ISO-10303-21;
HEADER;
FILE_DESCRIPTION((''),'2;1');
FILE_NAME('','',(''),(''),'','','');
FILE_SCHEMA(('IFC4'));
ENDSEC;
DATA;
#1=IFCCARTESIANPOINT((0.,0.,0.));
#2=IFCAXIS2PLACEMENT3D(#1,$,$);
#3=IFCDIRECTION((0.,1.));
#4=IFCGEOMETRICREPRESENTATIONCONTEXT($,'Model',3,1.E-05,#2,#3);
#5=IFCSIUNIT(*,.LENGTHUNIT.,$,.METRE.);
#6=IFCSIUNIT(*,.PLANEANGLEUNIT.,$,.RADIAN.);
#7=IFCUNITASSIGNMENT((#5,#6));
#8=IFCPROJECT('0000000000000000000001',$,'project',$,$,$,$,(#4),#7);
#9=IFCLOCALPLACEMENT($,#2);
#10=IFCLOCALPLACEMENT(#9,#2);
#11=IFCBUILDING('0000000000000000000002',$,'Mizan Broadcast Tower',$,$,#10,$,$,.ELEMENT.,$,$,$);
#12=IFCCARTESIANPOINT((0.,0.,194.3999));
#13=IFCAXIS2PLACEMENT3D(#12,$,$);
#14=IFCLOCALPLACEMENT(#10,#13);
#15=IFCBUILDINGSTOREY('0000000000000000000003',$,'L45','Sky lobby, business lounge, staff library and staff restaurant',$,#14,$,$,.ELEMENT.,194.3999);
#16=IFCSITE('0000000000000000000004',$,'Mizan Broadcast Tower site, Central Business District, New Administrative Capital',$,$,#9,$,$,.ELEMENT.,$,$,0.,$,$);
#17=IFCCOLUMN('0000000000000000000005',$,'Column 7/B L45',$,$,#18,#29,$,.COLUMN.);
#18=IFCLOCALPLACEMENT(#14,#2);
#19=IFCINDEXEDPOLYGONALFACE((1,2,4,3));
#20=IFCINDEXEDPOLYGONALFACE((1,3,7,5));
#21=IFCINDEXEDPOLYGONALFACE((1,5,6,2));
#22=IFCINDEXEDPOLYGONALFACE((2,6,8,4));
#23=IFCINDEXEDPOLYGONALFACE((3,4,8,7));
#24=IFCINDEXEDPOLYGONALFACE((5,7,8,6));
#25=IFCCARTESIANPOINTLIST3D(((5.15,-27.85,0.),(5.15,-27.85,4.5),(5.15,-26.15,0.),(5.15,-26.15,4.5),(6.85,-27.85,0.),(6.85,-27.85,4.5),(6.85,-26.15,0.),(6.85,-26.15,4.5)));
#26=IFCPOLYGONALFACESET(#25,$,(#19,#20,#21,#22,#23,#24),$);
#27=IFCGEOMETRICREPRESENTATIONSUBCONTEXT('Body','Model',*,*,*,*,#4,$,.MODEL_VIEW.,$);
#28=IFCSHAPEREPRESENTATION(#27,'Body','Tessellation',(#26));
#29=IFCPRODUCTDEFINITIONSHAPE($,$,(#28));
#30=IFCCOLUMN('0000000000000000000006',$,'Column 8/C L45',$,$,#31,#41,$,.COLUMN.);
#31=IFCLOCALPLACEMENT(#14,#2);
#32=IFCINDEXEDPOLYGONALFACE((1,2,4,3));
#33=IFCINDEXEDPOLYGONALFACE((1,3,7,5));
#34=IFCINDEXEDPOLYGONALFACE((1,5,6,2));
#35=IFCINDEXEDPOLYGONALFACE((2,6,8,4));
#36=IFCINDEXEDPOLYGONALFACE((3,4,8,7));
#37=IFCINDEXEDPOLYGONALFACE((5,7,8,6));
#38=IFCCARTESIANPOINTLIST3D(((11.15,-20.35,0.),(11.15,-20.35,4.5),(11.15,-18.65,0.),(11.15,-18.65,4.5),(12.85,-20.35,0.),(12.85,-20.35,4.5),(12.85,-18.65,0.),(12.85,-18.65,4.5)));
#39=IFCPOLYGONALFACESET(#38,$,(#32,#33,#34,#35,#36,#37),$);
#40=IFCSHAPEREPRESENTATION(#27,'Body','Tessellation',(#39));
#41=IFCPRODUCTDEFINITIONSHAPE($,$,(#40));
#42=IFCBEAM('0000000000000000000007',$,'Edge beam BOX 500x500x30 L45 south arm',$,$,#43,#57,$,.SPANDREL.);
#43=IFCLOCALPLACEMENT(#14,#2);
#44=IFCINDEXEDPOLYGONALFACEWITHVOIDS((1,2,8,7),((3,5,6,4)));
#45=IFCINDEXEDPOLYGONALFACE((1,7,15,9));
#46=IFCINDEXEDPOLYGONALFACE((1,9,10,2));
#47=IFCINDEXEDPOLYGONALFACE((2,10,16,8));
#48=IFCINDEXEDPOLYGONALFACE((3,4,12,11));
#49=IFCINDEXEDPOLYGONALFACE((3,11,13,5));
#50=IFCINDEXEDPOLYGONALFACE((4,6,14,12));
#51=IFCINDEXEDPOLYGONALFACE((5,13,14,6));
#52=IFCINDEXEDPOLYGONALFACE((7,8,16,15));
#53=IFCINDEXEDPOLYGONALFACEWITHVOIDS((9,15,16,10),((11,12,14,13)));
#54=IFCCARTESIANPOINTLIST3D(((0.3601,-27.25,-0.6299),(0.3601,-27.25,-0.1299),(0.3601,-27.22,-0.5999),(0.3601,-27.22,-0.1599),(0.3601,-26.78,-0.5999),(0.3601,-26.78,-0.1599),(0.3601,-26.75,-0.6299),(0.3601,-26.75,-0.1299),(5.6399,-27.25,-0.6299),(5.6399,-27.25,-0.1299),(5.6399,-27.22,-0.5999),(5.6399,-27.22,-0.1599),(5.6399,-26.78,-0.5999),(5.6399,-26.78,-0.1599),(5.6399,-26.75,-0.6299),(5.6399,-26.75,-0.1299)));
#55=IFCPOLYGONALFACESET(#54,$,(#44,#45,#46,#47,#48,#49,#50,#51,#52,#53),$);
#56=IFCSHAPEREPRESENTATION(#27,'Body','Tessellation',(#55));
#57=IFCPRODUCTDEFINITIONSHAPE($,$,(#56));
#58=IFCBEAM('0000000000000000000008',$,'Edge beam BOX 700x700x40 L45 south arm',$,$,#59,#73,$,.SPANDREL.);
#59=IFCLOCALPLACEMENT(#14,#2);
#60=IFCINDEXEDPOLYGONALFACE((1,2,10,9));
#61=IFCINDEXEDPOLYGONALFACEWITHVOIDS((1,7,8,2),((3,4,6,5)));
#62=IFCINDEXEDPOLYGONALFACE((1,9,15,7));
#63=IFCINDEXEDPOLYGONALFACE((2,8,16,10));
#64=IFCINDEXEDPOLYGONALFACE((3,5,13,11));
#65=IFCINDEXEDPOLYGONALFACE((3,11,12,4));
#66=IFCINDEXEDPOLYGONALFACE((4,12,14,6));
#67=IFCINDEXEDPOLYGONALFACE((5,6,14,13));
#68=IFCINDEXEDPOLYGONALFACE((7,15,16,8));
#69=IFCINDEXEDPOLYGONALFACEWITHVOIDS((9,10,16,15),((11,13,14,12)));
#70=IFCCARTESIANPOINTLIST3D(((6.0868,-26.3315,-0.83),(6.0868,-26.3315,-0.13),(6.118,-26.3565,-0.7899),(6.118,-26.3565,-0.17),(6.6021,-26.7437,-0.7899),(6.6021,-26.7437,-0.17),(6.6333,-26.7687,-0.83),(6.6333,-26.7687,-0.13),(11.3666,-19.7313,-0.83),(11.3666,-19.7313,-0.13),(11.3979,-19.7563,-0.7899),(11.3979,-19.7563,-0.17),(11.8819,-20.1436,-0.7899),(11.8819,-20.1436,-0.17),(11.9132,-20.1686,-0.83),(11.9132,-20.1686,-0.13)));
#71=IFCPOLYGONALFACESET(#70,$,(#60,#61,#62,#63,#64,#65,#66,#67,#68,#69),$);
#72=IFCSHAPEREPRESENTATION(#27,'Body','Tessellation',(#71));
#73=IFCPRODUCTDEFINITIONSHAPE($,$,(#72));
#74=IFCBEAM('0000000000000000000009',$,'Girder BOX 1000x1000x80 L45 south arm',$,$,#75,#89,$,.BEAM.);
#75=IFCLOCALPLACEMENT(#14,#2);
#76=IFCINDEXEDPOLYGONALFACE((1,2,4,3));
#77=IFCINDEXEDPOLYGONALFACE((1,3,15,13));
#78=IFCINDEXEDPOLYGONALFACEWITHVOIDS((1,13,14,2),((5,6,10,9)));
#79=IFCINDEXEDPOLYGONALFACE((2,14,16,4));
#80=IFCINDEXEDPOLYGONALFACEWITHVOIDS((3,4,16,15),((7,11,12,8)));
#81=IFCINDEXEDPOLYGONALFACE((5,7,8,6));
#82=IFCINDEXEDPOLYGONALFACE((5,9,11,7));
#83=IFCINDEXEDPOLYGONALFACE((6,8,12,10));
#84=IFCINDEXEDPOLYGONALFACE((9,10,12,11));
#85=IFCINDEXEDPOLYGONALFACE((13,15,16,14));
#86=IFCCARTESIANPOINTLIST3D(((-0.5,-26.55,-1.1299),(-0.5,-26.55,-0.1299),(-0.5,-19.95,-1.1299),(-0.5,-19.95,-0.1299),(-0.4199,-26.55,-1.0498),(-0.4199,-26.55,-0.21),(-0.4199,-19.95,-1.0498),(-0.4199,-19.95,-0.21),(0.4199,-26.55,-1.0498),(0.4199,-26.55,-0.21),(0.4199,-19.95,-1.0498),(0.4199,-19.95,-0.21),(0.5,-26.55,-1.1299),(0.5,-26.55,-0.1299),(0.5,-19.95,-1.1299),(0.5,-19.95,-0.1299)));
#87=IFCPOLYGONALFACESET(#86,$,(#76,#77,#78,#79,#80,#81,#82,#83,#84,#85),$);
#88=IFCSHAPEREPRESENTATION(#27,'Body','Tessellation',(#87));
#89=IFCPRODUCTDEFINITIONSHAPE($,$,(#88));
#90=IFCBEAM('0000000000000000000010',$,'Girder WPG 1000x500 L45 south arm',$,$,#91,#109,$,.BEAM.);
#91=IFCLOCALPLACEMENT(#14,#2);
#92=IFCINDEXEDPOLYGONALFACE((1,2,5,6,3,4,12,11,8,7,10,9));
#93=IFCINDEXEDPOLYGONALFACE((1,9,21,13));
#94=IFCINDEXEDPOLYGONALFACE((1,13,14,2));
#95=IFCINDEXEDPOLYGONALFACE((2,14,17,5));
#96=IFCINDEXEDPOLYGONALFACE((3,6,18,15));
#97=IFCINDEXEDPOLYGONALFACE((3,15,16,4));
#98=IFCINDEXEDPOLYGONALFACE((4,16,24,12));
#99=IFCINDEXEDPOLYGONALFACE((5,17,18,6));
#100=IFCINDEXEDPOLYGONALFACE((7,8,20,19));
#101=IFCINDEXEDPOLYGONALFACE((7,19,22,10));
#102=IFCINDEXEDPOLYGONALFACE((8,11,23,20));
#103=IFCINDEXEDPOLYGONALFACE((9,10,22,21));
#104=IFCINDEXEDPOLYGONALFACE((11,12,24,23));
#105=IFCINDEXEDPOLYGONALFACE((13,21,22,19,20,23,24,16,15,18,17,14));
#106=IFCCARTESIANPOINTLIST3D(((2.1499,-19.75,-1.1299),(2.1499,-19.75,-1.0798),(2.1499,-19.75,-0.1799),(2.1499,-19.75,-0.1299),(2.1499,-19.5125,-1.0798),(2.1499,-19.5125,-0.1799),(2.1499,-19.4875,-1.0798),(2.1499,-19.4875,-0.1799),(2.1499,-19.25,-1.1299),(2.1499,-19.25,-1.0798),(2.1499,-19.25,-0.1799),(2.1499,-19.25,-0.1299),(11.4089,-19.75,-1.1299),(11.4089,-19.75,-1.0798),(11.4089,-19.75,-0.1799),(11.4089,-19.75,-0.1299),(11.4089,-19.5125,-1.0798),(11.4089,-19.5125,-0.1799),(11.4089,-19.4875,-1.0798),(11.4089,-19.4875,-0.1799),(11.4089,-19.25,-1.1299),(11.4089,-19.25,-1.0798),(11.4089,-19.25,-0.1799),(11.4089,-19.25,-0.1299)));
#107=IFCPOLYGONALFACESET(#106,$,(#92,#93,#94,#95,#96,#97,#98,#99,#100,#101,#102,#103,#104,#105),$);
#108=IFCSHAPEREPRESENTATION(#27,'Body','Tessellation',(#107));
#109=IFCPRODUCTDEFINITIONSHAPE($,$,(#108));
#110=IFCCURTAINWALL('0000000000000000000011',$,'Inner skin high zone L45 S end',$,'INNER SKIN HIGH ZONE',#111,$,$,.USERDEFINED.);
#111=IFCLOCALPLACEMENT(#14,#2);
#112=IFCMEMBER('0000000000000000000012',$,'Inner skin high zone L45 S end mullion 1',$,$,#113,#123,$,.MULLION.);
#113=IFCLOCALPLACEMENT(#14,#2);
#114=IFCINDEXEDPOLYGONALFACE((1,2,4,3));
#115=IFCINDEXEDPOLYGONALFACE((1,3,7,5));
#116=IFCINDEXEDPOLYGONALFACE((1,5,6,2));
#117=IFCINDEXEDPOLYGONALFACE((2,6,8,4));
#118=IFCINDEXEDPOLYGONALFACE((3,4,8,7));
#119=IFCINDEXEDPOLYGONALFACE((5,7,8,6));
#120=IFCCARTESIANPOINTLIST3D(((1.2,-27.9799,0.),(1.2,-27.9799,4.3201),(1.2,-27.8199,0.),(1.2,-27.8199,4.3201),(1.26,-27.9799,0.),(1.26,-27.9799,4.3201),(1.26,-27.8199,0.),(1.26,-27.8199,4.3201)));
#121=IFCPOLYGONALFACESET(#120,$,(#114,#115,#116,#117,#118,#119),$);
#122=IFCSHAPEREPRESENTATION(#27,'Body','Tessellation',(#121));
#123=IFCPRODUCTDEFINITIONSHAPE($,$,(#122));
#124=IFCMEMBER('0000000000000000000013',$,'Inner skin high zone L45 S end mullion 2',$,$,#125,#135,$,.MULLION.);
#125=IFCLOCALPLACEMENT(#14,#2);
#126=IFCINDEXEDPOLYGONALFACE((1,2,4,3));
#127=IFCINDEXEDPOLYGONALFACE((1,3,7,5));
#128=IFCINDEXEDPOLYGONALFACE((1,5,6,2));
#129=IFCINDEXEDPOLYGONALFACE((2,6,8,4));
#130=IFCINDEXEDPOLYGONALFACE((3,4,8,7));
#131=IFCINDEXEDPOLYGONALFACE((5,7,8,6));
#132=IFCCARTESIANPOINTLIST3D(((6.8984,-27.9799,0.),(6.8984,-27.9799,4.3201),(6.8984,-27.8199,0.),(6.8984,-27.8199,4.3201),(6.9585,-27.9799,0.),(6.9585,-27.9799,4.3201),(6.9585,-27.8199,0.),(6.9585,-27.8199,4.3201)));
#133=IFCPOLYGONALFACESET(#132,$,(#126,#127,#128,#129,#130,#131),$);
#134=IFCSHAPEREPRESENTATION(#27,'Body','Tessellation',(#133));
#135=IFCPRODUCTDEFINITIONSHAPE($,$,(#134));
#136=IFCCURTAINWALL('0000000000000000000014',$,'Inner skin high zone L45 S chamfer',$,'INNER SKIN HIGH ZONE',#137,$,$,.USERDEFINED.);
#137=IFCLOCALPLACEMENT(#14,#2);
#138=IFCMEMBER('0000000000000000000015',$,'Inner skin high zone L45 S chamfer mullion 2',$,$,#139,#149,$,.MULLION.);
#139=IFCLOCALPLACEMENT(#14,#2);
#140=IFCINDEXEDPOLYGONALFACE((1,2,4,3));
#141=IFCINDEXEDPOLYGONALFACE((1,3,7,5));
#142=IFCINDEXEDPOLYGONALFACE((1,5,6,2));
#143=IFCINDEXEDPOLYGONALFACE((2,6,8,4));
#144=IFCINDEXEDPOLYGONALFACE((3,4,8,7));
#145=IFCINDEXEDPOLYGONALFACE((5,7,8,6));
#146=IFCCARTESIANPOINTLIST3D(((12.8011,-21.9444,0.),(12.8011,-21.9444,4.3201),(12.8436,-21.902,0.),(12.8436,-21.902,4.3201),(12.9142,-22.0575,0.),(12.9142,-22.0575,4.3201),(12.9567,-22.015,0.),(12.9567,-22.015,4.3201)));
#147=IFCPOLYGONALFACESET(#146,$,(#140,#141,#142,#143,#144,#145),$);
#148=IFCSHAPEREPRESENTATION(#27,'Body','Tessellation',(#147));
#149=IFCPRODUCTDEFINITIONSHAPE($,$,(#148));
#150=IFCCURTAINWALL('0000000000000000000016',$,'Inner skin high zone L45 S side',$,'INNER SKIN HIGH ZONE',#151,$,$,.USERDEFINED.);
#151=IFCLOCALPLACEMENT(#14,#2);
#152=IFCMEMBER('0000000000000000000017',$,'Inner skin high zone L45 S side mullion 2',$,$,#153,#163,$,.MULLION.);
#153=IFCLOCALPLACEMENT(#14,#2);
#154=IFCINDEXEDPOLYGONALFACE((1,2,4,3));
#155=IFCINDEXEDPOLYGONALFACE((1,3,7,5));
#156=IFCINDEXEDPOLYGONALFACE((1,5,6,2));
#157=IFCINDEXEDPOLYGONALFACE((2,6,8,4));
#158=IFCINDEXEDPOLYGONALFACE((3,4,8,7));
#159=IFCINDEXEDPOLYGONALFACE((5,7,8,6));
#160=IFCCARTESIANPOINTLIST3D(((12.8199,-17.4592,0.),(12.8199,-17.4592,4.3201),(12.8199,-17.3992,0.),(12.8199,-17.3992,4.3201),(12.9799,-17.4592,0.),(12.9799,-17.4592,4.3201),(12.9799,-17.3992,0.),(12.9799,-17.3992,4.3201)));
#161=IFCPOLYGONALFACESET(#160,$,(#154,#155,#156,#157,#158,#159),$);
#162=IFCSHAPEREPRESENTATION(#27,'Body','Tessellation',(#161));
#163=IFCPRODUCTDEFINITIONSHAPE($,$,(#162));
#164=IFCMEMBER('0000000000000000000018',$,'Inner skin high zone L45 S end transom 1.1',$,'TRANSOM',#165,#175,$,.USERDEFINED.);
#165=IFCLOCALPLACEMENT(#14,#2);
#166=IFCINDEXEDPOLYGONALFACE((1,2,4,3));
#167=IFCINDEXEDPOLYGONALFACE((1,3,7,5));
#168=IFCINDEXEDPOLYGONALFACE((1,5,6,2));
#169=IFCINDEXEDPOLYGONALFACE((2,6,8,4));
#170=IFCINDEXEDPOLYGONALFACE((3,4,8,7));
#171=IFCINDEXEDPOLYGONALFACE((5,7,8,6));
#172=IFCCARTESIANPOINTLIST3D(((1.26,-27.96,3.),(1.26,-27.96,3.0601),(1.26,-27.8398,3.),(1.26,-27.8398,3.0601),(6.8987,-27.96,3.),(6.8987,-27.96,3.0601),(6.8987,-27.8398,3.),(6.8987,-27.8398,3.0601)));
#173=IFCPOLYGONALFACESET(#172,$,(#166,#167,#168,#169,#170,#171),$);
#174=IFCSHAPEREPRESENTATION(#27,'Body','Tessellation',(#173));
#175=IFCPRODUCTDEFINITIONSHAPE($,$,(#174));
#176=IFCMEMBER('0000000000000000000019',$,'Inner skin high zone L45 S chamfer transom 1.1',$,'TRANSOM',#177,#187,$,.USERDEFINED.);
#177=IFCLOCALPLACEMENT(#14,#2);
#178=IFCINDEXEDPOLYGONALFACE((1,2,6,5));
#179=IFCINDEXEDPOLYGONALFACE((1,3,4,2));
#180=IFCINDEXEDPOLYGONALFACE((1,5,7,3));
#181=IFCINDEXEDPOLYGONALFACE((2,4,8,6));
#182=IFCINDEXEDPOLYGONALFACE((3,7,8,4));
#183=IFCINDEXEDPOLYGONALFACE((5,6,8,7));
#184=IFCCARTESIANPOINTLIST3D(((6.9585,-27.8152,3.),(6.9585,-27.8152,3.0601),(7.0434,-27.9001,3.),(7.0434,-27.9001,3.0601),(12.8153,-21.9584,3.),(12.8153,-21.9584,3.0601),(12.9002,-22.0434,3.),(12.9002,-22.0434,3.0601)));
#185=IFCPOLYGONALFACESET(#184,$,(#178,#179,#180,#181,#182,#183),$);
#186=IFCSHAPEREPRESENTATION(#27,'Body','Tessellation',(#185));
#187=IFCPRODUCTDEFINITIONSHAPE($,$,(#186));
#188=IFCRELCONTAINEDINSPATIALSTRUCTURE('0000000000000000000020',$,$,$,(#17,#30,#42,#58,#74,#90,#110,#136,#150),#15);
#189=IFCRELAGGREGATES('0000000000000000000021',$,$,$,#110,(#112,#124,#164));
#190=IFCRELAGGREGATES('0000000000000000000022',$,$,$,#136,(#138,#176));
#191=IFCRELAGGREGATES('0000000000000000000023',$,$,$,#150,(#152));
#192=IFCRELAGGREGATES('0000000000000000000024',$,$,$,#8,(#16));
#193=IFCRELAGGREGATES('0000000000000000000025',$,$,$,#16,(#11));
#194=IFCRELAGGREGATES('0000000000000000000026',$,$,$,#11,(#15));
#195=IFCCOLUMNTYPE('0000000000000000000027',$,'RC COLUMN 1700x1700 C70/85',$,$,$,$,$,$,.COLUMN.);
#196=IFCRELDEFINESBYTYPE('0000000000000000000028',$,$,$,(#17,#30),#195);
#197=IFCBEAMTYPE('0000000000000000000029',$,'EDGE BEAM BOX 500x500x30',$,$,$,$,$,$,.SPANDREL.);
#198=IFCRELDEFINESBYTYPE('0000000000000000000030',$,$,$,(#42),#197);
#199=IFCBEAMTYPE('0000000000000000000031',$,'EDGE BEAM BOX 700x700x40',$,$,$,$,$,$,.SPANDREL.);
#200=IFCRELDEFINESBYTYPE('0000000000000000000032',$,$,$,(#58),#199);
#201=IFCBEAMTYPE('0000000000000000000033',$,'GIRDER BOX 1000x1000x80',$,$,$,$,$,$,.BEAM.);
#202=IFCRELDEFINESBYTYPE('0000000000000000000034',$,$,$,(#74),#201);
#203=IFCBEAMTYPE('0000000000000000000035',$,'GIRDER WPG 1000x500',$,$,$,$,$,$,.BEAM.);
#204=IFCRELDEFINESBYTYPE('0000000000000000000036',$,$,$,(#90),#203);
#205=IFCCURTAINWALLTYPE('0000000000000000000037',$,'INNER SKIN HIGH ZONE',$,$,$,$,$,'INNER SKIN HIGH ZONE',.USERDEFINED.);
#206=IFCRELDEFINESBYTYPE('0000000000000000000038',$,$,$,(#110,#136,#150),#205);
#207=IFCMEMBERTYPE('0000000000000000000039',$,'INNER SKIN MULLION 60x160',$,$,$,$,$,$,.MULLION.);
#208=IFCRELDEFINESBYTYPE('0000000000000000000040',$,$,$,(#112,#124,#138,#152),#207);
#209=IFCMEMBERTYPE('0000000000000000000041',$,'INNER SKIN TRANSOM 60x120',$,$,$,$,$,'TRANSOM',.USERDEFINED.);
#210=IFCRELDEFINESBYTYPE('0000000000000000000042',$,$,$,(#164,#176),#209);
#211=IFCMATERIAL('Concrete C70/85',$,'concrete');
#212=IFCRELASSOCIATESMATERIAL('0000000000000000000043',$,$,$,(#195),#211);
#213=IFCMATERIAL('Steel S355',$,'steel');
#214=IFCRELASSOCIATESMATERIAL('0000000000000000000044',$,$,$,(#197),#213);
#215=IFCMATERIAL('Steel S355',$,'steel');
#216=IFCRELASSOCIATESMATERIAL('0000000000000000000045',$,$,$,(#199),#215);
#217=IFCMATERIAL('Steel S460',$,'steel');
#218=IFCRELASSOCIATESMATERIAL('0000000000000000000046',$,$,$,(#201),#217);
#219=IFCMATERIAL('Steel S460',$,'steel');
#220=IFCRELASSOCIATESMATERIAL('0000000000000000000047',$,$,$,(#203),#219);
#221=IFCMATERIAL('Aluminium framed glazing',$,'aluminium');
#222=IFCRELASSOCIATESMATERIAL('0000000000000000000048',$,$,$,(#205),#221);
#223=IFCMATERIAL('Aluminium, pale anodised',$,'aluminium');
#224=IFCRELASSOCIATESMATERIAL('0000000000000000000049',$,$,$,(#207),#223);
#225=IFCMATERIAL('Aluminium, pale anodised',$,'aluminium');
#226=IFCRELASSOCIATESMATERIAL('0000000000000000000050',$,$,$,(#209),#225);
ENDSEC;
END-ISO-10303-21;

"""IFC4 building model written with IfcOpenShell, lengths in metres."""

from ifc_helpers import new_model, si_unit, direction, frame, origin, origin_2d, place, context, subcontext, project, spatial, rectangle, hollow_rectangle, i_section, extrude, material, material_profile, profile_set, type_object, element, aggregate, save


model = new_model("IFC4")

# Units and contexts
model_context = context("Model", 3, precision=1e-05, world=origin(), true_north=direction((0.0, 1.0)))
body_context = subcontext(model_context, "Body", "Model", "MODEL_VIEW")
ifc_project = project(units=[si_unit("LENGTHUNIT", "METRE"), si_unit("PLANEANGLEUNIT", "RADIAN")], contexts=[model_context])

# Site, building, storey
site_placement = place(None, origin())
site = spatial("IfcSite", under=ifc_project, at=site_placement, Name="Mizan Broadcast Tower site, Central Business District, New Administrative Capital", CompositionType="ELEMENT", RefElevation=0.0)
building_placement = place(site_placement, origin())
building = spatial("IfcBuilding", under=site, at=building_placement, Name="Mizan Broadcast Tower", CompositionType="ELEMENT")
storey_placement = place(building_placement, frame((0.0, 0.0, 194.3999)))
storey = spatial("IfcBuildingStorey", under=building, at=storey_placement, Name="L45", Description="Sky lobby, business lounge, staff library and staff restaurant", CompositionType="ELEMENT", Elevation=194.3999)

# Columns
ifc_material_1 = material(Name="Concrete C70/85", Category="concrete")
ifc_material_profile_1 = material_profile(ifc_material_1, rectangle(XDim=1.7, YDim=1.7, at=origin_2d()), Name="RC 1700x1700")
ifc_profile_set_1 = profile_set([ifc_material_profile_1], Name="Concrete C70/85")
column_type = type_object("IfcColumnType", Name="RC COLUMN 1700x1700 C70/85", PredefinedType="COLUMN", material=ifc_profile_set_1)
for number, where, z_axis, x_axis, name in (
    (1, (6.0, -27.0, 0.0), (0.0, 0.0, 1.0), (1.0, 0.0, 0.0), "Column 7/B L45"),
    (2, (12.0, -19.5, 0.0), (0.0, 0.0, 1.0), (1.0, 0.0, 0.0), "Column 8/C L45"),
):
    element("IfcColumn", number, at=place(storey_placement, frame(where, z_axis=z_axis, x_axis=x_axis)), inside=storey, type_object=column_type, Name=name, PredefinedType="COLUMN", context=body_context, shape_type="SweptSolid", body=[
        extrude(rectangle(XDim=1.7, YDim=1.7, at=origin_2d()), origin(), (0.0, 0.0, 1.0), 4.5),
    ])

# Beams
ifc_material_2 = material(Name="Steel S355", Category="steel")
ifc_material_profile_2 = material_profile(ifc_material_2, hollow_rectangle(XDim=0.5, YDim=0.5, WallThickness=0.03, at=origin_2d()), Name="BOX 500x500x30")
ifc_profile_set_2 = profile_set([ifc_material_profile_2], Name="Steel S355")
beam_type_1 = type_object("IfcBeamType", Name="EDGE BEAM BOX 500x500x30", PredefinedType="SPANDREL", material=ifc_profile_set_2)
beam_1_placement = place(storey_placement, frame((5.6399, -27.0, -0.3799), z_axis=(-1.0, 0.0, 0.0), x_axis=(0.0, -1.0, 0.0)))
element("IfcBeam", 3, at=beam_1_placement, inside=storey, type_object=beam_type_1, Name="Edge beam BOX 500x500x30 L45 south arm", PredefinedType="SPANDREL", context=body_context, shape_type="SweptSolid", body=[
    extrude(hollow_rectangle(XDim=0.5, YDim=0.5, WallThickness=0.03, at=origin_2d()), origin(), (0.0, 0.0, 1.0), 5.2798),
])
ifc_material_3 = material(Name="Steel S355", Category="steel")
ifc_material_profile_3 = material_profile(ifc_material_3, hollow_rectangle(XDim=0.7, YDim=0.7, WallThickness=0.04, at=origin_2d()), Name="BOX 700x700x40")
ifc_profile_set_3 = profile_set([ifc_material_profile_3], Name="Steel S355")
beam_type_2 = type_object("IfcBeamType", Name="EDGE BEAM BOX 700x700x40", PredefinedType="SPANDREL", material=ifc_profile_set_3)
beam_2_placement = place(storey_placement, frame((11.6399, -19.95, -0.48), z_axis=(-0.624674, -0.780886, 0.0), x_axis=(0.780886, -0.624674, 0.0)))
element("IfcBeam", 4, at=beam_2_placement, inside=storey, type_object=beam_type_2, Name="Edge beam BOX 700x700x40 L45 south arm", PredefinedType="SPANDREL", context=body_context, shape_type="SweptSolid", body=[
    extrude(hollow_rectangle(XDim=0.7, YDim=0.7, WallThickness=0.04, at=origin_2d()), origin(), (0.0, 0.0, 1.0), 8.4521),
])
ifc_material_4 = material(Name="Steel S460", Category="steel")
ifc_material_profile_4 = material_profile(ifc_material_4, hollow_rectangle(XDim=1.0, YDim=1.0, WallThickness=0.0801, at=origin_2d()), Name="BOX 1000x1000x80")
ifc_profile_set_4 = profile_set([ifc_material_profile_4], Name="Steel S460")
beam_type_3 = type_object("IfcBeamType", Name="GIRDER BOX 1000x1000x80", PredefinedType="BEAM", material=ifc_profile_set_4)
beam_3_placement = place(storey_placement, frame((0.0, -19.95, -0.6299), z_axis=(0.0, -1.0, 0.0), x_axis=(1.0, 0.0, 0.0)))
element("IfcBeam", 5, at=beam_3_placement, inside=storey, type_object=beam_type_3, Name="Girder BOX 1000x1000x80 L45 south arm", PredefinedType="BEAM", context=body_context, shape_type="SweptSolid", body=[
    extrude(hollow_rectangle(XDim=1.0, YDim=1.0, WallThickness=0.0801, at=origin_2d()), origin(), (0.0, 0.0, 1.0), 6.6001),
])
ifc_material_5 = material(Name="Steel S460", Category="steel")
ifc_material_profile_5 = material_profile(ifc_material_5, i_section(OverallWidth=0.5, OverallDepth=1.0, WebThickness=0.0249, FlangeThickness=0.05, at=origin_2d()), Name="WPG 1000x500")
ifc_profile_set_5 = profile_set([ifc_material_profile_5], Name="Steel S460")
beam_type_4 = type_object("IfcBeamType", Name="GIRDER WPG 1000x500", PredefinedType="BEAM", material=ifc_profile_set_5)
beam_4_placement = place(storey_placement, frame((11.4089, -19.5, -0.6299), z_axis=(-1.0, 0.0, 0.0), x_axis=(0.0, -1.0, 0.0)))
element("IfcBeam", 6, at=beam_4_placement, inside=storey, type_object=beam_type_4, Name="Girder WPG 1000x500 L45 south arm", PredefinedType="BEAM", context=body_context, shape_type="SweptSolid", body=[
    extrude(i_section(OverallWidth=0.5, OverallDepth=1.0, WebThickness=0.0249, FlangeThickness=0.05, at=origin_2d()), origin(), (0.0, 0.0, 1.0), 9.259),
])

# Curtain wall, members
ifc_material_6 = material(Name="Aluminium framed glazing", Category="aluminium")
curtain_wall_type_1 = type_object("IfcCurtainWallType", Name="INNER SKIN HIGH ZONE", ElementType="INNER SKIN HIGH ZONE", PredefinedType="USERDEFINED", material=ifc_material_6)
curtain_wall_1_placement = place(storey_placement, origin())
curtain_wall_1 = element("IfcCurtainWall", 7, at=curtain_wall_1_placement, inside=storey, type_object=curtain_wall_type_1, Name="Inner skin high zone L45 S end", ObjectType="INNER SKIN HIGH ZONE", PredefinedType="USERDEFINED")
ifc_material_7 = material(Name="Aluminium, pale anodised", Category="aluminium")
ifc_material_profile_6 = material_profile(ifc_material_7, rectangle(XDim=0.1599, YDim=0.0601, at=origin_2d()), Name="MULLION 160x60")
ifc_profile_set_6 = profile_set([ifc_material_profile_6], Name="Aluminium, pale anodised")
member_type_1 = type_object("IfcMemberType", Name="INNER SKIN MULLION 60x160", PredefinedType="MULLION", material=ifc_profile_set_6)
member_1_placement = place(storey_placement, frame((1.23, -27.8999, 0.0), z_axis=(0.0, 0.0, 1.0), x_axis=(0.0, 1.0, 0.0)))
member_1 = element("IfcMember", 8, at=member_1_placement, type_object=member_type_1, Name="Inner skin high zone L45 S end mullion 1", PredefinedType="MULLION", context=body_context, shape_type="SweptSolid", body=[
    extrude(rectangle(XDim=0.1599, YDim=0.0601, at=origin_2d()), origin(), (0.0, 0.0, 1.0), 4.3201),
])
member_2_placement = place(storey_placement, frame((6.9285, -27.8999, 0.0), z_axis=(0.0, 0.0, 1.0), x_axis=(0.0, 1.0, 0.0)))
member_2 = element("IfcMember", 9, at=member_2_placement, type_object=member_type_1, Name="Inner skin high zone L45 S end mullion 2", PredefinedType="MULLION", context=body_context, shape_type="SweptSolid", body=[
    extrude(rectangle(XDim=0.1599, YDim=0.0601, at=origin_2d()), origin(), (0.0, 0.0, 1.0), 4.3201),
])

# Curtain walls, members
curtain_wall_2_placement = place(storey_placement, origin())
curtain_wall_2 = element("IfcCurtainWall", 10, at=curtain_wall_2_placement, inside=storey, type_object=curtain_wall_type_1, Name="Inner skin high zone L45 S chamfer", ObjectType="INNER SKIN HIGH ZONE", PredefinedType="USERDEFINED")
member_3_placement = place(storey_placement, frame((12.8789, -21.9797, 0.0), z_axis=(0.0, 0.0, 1.0), x_axis=(-0.707107, 0.707107, 0.0)))
member_3 = element("IfcMember", 11, at=member_3_placement, type_object=member_type_1, Name="Inner skin high zone L45 S chamfer mullion 2", PredefinedType="MULLION", context=body_context, shape_type="SweptSolid", body=[
    extrude(rectangle(XDim=0.1599, YDim=0.0601, at=origin_2d()), origin(), (0.0, 0.0, 1.0), 4.3201),
])
curtain_wall_3_placement = place(storey_placement, origin())
curtain_wall_3 = element("IfcCurtainWall", 12, at=curtain_wall_3_placement, inside=storey, type_object=curtain_wall_type_1, Name="Inner skin high zone L45 S side", ObjectType="INNER SKIN HIGH ZONE", PredefinedType="USERDEFINED")
member_4_placement = place(storey_placement, frame((12.8999, -17.4292, 0.0), z_axis=(0.0, 0.0, 1.0), x_axis=(-1.0, 0.0, 0.0)))
member_4 = element("IfcMember", 13, at=member_4_placement, type_object=member_type_1, Name="Inner skin high zone L45 S side mullion 2", PredefinedType="MULLION", context=body_context, shape_type="SweptSolid", body=[
    extrude(rectangle(XDim=0.1599, YDim=0.0601, at=origin_2d()), origin(), (0.0, 0.0, 1.0), 4.3201),
])

# Members
ifc_material_8 = material(Name="Aluminium, pale anodised", Category="aluminium")
ifc_material_profile_7 = material_profile(ifc_material_8, rectangle(XDim=0.1201, YDim=0.0601, at=origin_2d()), Name="TRANSOM 120x60")
ifc_profile_set_7 = profile_set([ifc_material_profile_7], Name="Aluminium, pale anodised")
member_type_2 = type_object("IfcMemberType", Name="INNER SKIN TRANSOM 60x120", ElementType="TRANSOM", PredefinedType="USERDEFINED", material=ifc_profile_set_7)
member_5_placement = place(storey_placement, frame((1.26, -27.8999, 3.03), z_axis=(1.0, 0.0, 0.0), x_axis=(0.0, 1.0, 0.0)))
member_5 = element("IfcMember", 14, at=member_5_placement, type_object=member_type_2, Name="Inner skin high zone L45 S end transom 1.1", ObjectType="TRANSOM", PredefinedType="USERDEFINED", context=body_context, shape_type="SweptSolid", body=[
    extrude(rectangle(XDim=0.1201, YDim=0.0601, at=origin_2d()), origin(), (0.0, 0.0, 1.0), 5.6387),
])
member_6_placement = place(storey_placement, frame((7.001, -27.8577, 3.03), z_axis=(0.707107, 0.707107, 0.0), x_axis=(-0.707107, 0.707107, 0.0)))
member_6 = element("IfcMember", 15, at=member_6_placement, type_object=member_type_2, Name="Inner skin high zone L45 S chamfer transom 1.1", ObjectType="TRANSOM", PredefinedType="USERDEFINED", context=body_context, shape_type="SweptSolid", body=[
    extrude(rectangle(XDim=0.1201, YDim=0.0601, at=origin_2d()), origin(), (0.0, 0.0, 1.0), 8.2827),
])

aggregate(curtain_wall_1, [member_1, member_2, member_5])
aggregate(curtain_wall_2, [member_3, member_6])
aggregate(curtain_wall_3, [member_4])

save(model, "model.ifc")
